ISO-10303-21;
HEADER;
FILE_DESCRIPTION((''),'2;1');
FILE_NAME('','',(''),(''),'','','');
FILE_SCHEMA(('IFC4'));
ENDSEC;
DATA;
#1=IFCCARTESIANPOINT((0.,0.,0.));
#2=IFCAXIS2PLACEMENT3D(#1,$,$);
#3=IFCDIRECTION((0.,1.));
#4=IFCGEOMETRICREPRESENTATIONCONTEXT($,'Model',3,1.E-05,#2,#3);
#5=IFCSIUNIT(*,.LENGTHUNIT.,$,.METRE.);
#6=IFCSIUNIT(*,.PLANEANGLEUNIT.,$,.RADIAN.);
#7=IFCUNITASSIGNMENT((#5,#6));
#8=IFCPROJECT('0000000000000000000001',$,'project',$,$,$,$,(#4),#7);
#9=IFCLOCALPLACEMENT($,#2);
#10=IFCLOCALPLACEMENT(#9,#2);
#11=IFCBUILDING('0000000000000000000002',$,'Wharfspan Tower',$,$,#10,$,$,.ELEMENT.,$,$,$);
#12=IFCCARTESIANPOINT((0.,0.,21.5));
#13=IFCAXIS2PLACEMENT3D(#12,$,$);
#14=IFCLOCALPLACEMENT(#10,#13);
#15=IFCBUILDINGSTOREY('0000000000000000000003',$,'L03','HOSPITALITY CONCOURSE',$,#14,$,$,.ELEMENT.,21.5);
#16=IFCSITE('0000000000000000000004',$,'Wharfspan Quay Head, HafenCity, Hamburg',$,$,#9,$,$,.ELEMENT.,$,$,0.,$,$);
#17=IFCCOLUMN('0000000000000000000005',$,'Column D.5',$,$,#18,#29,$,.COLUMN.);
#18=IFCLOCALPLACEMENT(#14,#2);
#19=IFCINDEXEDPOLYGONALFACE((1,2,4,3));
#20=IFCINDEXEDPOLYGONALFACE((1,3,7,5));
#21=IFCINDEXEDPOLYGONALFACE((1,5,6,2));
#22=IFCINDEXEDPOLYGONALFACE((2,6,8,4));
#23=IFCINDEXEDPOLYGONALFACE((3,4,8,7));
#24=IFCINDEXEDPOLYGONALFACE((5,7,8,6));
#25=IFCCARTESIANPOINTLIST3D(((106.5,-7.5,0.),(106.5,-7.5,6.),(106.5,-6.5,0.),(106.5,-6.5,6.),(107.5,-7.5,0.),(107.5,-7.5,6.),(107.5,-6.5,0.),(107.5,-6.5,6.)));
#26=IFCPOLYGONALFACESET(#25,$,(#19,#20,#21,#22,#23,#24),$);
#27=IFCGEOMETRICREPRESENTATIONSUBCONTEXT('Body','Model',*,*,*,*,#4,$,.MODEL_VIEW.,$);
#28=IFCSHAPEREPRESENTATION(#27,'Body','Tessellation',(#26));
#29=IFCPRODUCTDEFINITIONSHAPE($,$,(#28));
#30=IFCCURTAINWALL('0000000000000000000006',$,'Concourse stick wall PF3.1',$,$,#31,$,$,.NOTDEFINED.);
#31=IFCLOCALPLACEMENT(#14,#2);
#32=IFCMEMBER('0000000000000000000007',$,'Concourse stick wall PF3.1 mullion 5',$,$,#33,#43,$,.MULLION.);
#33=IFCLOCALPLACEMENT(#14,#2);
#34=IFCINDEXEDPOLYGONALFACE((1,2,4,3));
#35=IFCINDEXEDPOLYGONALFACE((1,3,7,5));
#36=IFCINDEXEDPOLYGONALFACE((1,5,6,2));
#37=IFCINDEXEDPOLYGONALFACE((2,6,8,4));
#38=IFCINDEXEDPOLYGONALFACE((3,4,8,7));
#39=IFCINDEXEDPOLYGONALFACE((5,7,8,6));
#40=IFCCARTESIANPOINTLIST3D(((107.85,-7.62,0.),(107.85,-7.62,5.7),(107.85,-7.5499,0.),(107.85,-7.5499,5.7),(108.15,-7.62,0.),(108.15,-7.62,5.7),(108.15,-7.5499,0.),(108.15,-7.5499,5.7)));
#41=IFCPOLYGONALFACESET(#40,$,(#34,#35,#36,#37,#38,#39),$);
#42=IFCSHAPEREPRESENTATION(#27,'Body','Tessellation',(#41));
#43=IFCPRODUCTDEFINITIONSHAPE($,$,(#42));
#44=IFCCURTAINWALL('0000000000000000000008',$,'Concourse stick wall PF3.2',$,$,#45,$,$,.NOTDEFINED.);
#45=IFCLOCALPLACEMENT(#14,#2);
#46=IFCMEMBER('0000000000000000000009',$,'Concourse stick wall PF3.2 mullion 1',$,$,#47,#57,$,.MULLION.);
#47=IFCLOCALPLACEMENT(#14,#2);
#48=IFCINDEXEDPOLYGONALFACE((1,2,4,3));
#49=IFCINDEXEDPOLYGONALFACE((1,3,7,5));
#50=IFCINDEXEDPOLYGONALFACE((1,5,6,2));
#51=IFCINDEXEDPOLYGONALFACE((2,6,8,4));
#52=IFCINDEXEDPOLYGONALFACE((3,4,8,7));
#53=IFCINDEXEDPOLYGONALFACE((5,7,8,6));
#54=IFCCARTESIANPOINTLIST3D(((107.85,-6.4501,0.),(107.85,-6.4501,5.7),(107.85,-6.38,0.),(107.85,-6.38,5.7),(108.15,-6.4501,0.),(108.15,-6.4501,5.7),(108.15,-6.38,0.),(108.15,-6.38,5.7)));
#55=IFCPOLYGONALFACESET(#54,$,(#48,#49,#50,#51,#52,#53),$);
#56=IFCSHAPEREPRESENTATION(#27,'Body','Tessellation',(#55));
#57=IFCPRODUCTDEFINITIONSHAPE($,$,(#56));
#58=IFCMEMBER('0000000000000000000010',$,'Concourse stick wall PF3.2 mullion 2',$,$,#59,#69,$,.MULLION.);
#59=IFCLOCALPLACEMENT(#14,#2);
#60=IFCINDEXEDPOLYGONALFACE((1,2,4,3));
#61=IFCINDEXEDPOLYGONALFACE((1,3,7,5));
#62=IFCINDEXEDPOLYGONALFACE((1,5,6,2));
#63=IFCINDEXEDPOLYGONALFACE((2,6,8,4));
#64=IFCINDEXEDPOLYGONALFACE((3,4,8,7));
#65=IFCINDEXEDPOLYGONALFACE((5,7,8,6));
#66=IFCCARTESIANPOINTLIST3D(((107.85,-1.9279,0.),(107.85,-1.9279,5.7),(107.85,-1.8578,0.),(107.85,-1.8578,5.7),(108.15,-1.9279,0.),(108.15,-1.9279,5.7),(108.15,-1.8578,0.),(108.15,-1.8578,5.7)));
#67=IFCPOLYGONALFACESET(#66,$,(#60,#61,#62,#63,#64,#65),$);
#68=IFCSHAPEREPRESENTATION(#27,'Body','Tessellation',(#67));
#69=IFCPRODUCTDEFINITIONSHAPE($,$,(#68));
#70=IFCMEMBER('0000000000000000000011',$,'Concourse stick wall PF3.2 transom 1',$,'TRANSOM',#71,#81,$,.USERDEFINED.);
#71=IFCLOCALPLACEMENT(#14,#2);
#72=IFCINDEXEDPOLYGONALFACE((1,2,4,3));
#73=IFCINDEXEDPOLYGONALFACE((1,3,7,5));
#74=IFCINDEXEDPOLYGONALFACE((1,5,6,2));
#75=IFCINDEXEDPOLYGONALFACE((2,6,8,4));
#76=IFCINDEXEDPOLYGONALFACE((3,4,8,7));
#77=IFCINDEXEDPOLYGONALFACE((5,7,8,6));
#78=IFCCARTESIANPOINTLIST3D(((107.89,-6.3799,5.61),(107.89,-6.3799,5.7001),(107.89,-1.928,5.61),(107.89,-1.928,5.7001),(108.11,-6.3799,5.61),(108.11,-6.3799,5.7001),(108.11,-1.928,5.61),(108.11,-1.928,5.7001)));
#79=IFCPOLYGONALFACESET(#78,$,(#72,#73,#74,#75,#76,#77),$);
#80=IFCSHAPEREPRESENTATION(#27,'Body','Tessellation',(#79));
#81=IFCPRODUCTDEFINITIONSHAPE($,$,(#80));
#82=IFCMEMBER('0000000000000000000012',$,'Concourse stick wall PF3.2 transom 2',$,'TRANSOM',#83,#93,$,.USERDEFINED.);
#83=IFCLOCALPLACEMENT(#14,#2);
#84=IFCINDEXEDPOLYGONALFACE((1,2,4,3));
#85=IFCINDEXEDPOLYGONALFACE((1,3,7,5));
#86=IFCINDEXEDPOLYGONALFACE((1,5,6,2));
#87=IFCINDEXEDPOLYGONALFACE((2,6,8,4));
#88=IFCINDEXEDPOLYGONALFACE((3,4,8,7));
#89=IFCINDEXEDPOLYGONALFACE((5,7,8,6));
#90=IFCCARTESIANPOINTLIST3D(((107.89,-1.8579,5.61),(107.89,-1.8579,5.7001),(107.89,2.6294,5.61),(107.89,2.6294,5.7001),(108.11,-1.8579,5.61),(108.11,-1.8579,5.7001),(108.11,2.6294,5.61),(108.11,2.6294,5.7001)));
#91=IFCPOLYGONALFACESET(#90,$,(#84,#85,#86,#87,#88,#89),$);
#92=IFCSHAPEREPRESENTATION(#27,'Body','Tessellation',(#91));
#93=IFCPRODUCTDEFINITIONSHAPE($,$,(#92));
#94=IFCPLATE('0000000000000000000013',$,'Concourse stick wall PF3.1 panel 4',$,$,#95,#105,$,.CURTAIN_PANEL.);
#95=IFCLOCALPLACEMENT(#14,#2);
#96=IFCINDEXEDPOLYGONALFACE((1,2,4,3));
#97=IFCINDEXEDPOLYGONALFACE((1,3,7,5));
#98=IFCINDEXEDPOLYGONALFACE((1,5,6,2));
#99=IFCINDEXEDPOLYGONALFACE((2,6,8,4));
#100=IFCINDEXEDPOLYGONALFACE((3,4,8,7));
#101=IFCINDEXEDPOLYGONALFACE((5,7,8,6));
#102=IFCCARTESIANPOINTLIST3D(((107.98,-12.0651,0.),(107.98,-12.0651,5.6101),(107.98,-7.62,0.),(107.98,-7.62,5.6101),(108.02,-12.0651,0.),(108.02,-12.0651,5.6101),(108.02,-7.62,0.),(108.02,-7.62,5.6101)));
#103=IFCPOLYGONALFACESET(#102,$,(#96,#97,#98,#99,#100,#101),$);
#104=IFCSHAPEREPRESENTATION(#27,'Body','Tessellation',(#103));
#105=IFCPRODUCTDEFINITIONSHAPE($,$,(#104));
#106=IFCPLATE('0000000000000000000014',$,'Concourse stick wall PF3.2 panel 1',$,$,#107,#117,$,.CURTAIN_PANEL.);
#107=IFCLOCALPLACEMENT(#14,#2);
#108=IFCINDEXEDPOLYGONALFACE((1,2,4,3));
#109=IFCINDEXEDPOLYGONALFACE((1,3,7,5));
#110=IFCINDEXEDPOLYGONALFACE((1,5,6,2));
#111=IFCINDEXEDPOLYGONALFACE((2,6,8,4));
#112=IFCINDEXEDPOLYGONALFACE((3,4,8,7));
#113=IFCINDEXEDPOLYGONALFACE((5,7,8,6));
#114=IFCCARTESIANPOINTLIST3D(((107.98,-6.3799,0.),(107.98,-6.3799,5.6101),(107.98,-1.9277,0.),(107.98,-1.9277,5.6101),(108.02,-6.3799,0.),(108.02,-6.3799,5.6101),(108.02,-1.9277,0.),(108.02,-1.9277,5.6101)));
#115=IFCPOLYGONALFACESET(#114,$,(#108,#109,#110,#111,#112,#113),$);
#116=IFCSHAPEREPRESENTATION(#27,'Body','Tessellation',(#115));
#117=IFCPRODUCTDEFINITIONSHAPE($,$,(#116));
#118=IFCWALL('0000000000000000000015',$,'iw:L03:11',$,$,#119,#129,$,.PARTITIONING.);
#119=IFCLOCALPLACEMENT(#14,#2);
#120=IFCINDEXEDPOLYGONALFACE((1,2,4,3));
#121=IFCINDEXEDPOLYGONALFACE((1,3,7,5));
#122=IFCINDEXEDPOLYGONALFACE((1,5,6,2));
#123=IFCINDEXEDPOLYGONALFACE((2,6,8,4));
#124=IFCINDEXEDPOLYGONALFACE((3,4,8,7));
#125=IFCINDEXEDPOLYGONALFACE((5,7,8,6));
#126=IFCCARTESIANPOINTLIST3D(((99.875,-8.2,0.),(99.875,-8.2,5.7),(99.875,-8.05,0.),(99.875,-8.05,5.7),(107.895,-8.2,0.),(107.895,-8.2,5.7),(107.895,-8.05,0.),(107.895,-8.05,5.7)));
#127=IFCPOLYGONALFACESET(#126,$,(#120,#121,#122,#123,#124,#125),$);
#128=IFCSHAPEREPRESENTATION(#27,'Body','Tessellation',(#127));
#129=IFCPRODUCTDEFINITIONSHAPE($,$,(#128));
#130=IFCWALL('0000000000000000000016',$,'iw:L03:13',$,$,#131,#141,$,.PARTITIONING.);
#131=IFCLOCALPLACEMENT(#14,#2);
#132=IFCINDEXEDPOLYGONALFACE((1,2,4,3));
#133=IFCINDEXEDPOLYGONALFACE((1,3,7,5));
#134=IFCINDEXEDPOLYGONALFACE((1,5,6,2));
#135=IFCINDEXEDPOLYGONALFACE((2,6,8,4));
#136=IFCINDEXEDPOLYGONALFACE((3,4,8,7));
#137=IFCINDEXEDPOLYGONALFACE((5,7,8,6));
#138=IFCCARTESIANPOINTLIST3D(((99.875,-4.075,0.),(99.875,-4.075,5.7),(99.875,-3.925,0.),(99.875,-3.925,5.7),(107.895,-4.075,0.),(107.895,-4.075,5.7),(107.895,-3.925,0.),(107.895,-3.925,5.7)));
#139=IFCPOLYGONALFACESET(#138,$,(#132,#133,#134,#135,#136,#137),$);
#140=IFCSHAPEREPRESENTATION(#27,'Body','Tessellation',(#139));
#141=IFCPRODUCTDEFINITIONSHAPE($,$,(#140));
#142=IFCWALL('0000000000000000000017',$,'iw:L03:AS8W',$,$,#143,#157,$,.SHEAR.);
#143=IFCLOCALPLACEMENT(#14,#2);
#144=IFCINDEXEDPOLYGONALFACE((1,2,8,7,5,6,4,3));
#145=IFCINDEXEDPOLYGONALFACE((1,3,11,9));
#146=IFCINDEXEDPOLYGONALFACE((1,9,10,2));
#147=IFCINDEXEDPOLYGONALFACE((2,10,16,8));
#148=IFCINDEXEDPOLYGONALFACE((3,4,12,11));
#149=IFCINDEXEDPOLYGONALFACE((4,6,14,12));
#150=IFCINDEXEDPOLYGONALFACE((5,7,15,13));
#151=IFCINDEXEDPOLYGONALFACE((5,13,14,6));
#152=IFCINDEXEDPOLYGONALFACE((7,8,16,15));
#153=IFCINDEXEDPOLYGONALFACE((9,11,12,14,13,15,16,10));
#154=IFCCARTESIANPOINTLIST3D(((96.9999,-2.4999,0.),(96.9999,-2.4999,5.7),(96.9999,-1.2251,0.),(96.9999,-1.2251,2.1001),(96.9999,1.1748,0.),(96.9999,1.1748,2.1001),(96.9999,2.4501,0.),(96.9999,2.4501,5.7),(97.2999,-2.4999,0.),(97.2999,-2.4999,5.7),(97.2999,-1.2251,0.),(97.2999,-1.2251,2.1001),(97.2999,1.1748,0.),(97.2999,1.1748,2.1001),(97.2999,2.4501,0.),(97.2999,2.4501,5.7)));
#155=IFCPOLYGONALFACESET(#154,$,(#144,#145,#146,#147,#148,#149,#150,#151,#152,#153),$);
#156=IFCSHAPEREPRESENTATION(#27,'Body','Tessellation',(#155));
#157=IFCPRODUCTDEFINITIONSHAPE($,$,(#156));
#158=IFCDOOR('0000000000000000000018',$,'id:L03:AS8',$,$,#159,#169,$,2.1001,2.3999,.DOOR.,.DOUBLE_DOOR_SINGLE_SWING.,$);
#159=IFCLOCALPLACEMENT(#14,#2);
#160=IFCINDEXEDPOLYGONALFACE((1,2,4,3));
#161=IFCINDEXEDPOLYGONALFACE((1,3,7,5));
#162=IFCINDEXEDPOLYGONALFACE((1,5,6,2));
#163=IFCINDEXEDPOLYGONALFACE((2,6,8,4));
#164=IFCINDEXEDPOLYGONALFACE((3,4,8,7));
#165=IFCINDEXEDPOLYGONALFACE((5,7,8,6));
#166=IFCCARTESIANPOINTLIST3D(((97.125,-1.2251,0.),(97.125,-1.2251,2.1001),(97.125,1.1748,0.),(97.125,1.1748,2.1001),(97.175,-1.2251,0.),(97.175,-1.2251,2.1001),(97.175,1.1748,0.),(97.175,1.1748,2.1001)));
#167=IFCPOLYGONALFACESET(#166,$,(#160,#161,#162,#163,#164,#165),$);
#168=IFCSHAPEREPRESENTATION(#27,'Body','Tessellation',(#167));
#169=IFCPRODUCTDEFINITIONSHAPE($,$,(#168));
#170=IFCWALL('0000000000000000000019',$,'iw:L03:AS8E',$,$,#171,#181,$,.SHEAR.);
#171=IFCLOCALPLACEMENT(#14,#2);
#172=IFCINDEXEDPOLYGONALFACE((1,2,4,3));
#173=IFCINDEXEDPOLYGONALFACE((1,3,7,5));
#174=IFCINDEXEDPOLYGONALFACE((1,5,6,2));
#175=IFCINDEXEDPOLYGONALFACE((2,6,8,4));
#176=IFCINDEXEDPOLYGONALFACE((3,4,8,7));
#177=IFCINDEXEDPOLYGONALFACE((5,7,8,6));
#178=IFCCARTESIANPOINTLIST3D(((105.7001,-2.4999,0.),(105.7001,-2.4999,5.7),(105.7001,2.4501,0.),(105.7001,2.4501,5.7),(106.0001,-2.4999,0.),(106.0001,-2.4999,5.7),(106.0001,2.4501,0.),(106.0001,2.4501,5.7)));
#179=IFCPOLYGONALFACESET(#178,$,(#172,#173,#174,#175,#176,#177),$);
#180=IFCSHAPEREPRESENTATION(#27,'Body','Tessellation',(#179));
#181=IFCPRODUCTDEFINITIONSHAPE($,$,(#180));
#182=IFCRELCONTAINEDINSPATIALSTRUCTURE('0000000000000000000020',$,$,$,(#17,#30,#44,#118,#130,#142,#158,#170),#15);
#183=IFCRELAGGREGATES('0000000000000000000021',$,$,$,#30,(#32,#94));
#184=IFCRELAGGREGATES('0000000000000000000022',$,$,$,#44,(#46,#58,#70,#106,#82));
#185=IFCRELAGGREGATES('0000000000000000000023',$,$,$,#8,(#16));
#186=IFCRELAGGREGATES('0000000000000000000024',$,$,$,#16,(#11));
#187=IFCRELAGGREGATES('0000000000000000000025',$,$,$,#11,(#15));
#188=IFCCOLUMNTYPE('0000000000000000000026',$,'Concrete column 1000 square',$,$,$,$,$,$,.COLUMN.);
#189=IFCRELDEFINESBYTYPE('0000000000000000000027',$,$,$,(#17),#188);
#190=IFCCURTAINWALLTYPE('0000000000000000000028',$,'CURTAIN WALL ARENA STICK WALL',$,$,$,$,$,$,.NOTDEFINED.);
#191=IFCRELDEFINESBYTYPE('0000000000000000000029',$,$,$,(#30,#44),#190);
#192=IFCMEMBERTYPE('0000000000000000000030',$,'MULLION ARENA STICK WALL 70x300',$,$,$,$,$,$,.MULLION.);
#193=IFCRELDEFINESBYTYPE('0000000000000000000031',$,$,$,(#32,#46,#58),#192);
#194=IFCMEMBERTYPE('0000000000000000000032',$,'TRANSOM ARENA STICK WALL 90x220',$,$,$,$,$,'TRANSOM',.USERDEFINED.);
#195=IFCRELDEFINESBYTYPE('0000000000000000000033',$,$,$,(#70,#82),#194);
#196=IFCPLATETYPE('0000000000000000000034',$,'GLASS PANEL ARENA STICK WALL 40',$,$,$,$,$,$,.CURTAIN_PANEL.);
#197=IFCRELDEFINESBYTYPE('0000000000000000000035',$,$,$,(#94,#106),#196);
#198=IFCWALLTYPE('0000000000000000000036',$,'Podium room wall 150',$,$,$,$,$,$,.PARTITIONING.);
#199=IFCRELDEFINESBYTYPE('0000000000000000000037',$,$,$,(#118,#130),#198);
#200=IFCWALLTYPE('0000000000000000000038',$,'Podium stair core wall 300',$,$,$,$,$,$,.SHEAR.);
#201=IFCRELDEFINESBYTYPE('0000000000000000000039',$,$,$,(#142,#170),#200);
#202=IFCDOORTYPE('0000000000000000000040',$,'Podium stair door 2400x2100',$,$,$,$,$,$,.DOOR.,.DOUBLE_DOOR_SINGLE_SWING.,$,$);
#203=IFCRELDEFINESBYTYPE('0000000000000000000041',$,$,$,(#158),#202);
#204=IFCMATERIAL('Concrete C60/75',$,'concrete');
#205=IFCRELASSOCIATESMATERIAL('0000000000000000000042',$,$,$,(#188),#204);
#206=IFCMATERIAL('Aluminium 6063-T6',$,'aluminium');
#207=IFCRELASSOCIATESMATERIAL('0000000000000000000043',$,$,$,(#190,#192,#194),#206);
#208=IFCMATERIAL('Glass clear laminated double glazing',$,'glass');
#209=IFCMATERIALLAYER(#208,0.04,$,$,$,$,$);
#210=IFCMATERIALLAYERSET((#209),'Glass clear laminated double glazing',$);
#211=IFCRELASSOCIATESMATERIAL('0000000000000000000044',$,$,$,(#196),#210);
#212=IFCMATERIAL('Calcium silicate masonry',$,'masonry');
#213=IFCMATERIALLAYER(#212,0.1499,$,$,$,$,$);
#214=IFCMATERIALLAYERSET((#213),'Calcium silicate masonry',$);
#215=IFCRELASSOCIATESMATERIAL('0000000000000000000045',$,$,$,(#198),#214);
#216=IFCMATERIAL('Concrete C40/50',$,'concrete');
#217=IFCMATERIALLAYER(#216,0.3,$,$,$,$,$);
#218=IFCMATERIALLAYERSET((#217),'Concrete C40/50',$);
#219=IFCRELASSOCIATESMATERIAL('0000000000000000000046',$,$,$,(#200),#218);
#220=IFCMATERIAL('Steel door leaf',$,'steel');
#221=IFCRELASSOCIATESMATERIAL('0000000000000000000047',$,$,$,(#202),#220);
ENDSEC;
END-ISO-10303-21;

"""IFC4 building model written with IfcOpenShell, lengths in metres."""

from ifc_helpers import new_model, si_unit, direction, frame, frame_2d, origin, origin_2d, place, context, subcontext, project, spatial, rectangle, extrude, material, layer, layer_set, material_profile, profile_set, type_object, element, fill, aggregate, save


model = new_model("IFC4")

# Units and contexts
model_context = context("Model", 3, precision=1e-05, world=origin(), true_north=direction((0.0, 1.0)))
body_context = subcontext(model_context, "Body", "Model", "MODEL_VIEW")
ifc_project = project(units=[si_unit("LENGTHUNIT", "METRE"), si_unit("PLANEANGLEUNIT", "RADIAN")], contexts=[model_context])

# Site, building, storey
site_placement = place(None, origin())
site = spatial("IfcSite", under=ifc_project, at=site_placement, Name="Wharfspan Quay Head, HafenCity, Hamburg", CompositionType="ELEMENT", RefElevation=0.0)
building_placement = place(site_placement, origin())
building = spatial("IfcBuilding", under=site, at=building_placement, Name="Wharfspan Tower", CompositionType="ELEMENT")
storey_placement = place(building_placement, frame((0.0, 0.0, 21.5)))
storey = spatial("IfcBuildingStorey", under=building, at=storey_placement, Name="L03", Description="HOSPITALITY CONCOURSE", CompositionType="ELEMENT", Elevation=21.5)

# Column
ifc_material_1 = material(Name="Concrete C60/75", Category="concrete")
ifc_material_profile_1 = material_profile(ifc_material_1, rectangle(XDim=1.0, YDim=1.0, at=origin_2d()))
ifc_profile_set_1 = profile_set([ifc_material_profile_1], Name="Concrete C60/75")
column_type = type_object("IfcColumnType", Name="Concrete column 1000 square", PredefinedType="COLUMN", material=ifc_profile_set_1)
column_placement = place(storey_placement, frame((107.0, -7.0, 0.0), z_axis=(0.0, 0.0, 1.0), x_axis=(1.0, 0.0, 0.0)))
element("IfcColumn", 1, at=column_placement, inside=storey, type_object=column_type, Name="Column D.5", PredefinedType="COLUMN", context=body_context, shape_type="SweptSolid", body=[
    extrude(rectangle(XDim=1.0, YDim=1.0, at=origin_2d()), origin(), (0.0, 0.0, 1.0), 6.0),
])

# Curtain wall, member
ifc_material_2 = material(Name="Aluminium 6063-T6", Category="aluminium")
curtain_wall_type = type_object("IfcCurtainWallType", Name="CURTAIN WALL ARENA STICK WALL", PredefinedType="NOTDEFINED", material=ifc_material_2)
curtain_wall_1_placement = place(storey_placement, origin())
curtain_wall_1 = element("IfcCurtainWall", 2, at=curtain_wall_1_placement, inside=storey, type_object=curtain_wall_type, Name="Concourse stick wall PF3.1", PredefinedType="NOTDEFINED")
ifc_material_profile_2 = material_profile(ifc_material_2, rectangle(XDim=0.3, YDim=0.0701, at=origin_2d()))
ifc_profile_set_2 = profile_set([ifc_material_profile_2], Name="Aluminium 6063-T6")
member_type_1 = type_object("IfcMemberType", Name="MULLION ARENA STICK WALL 70x300", PredefinedType="MULLION", material=ifc_profile_set_2)
member_1_placement = place(storey_placement, frame((108.0, -7.585, 0.0), z_axis=(0.0, 0.0, 1.0), x_axis=(-1.0, 0.0, 0.0)))
member_1 = element("IfcMember", 3, at=member_1_placement, type_object=member_type_1, Name="Concourse stick wall PF3.1 mullion 5", PredefinedType="MULLION", context=body_context, shape_type="SweptSolid", body=[
    extrude(rectangle(XDim=0.3, YDim=0.0701, at=origin_2d()), origin(), (0.0, 0.0, 1.0), 5.7),
])

# Curtain wall, members
curtain_wall_2_placement = place(storey_placement, origin())
curtain_wall_2 = element("IfcCurtainWall", 4, at=curtain_wall_2_placement, inside=storey, type_object=curtain_wall_type, Name="Concourse stick wall PF3.2", PredefinedType="NOTDEFINED")
member_2_placement = place(storey_placement, frame((108.0, -6.415, 0.0), z_axis=(0.0, 0.0, 1.0), x_axis=(-1.0, 0.0, 0.0)))
member_2 = element("IfcMember", 5, at=member_2_placement, type_object=member_type_1, Name="Concourse stick wall PF3.2 mullion 1", PredefinedType="MULLION", context=body_context, shape_type="SweptSolid", body=[
    extrude(rectangle(XDim=0.3, YDim=0.0701, at=origin_2d()), origin(), (0.0, 0.0, 1.0), 5.7),
])
member_3_placement = place(storey_placement, frame((108.0, -1.8928, 0.0), z_axis=(0.0, 0.0, 1.0), x_axis=(-1.0, 0.0, 0.0)))
member_3 = element("IfcMember", 6, at=member_3_placement, type_object=member_type_1, Name="Concourse stick wall PF3.2 mullion 2", PredefinedType="MULLION", context=body_context, shape_type="SweptSolid", body=[
    extrude(rectangle(XDim=0.3, YDim=0.0701, at=origin_2d()), origin(), (0.0, 0.0, 1.0), 5.7),
])
ifc_material_profile_3 = material_profile(ifc_material_2, rectangle(XDim=0.22, YDim=0.0901, at=origin_2d()))
ifc_profile_set_3 = profile_set([ifc_material_profile_3], Name="Aluminium 6063-T6")
member_type_2 = type_object("IfcMemberType", Name="TRANSOM ARENA STICK WALL 90x220", ElementType="TRANSOM", PredefinedType="USERDEFINED", material=ifc_profile_set_3)
member_4_placement = place(storey_placement, frame((108.0, -6.3799, 5.655), z_axis=(0.0, 1.0, 0.0), x_axis=(-1.0, 0.0, 0.0)))
member_4 = element("IfcMember", 7, at=member_4_placement, type_object=member_type_2, Name="Concourse stick wall PF3.2 transom 1", ObjectType="TRANSOM", PredefinedType="USERDEFINED", context=body_context, shape_type="SweptSolid", body=[
    extrude(rectangle(XDim=0.22, YDim=0.0901, at=origin_2d()), origin(), (0.0, 0.0, 1.0), 4.4519),
])
member_5_placement = place(storey_placement, frame((108.0, -1.8579, 5.655), z_axis=(0.0, 1.0, 0.0), x_axis=(-1.0, 0.0, 0.0)))
member_5 = element("IfcMember", 8, at=member_5_placement, type_object=member_type_2, Name="Concourse stick wall PF3.2 transom 2", ObjectType="TRANSOM", PredefinedType="USERDEFINED", context=body_context, shape_type="SweptSolid", body=[
    extrude(rectangle(XDim=0.22, YDim=0.0901, at=origin_2d()), origin(), (0.0, 0.0, 1.0), 4.4873),
])

# Plates
ifc_material_3 = material(Name="Glass clear laminated double glazing", Category="glass")
ifc_layer_1 = layer(ifc_material_3, 0.04)
ifc_layer_set_1 = layer_set([ifc_layer_1], Name="Glass clear laminated double glazing")
plate_type = type_object("IfcPlateType", Name="GLASS PANEL ARENA STICK WALL 40", PredefinedType="CURTAIN_PANEL", material=ifc_layer_set_1)
plate_1_placement = place(storey_placement, frame((108.0, -9.8425, 0.0), z_axis=(0.0, 0.0, 1.0), x_axis=(0.0, 1.0, 0.0)))
plate_1 = element("IfcPlate", 9, at=plate_1_placement, type_object=plate_type, Name="Concourse stick wall PF3.1 panel 4", PredefinedType="CURTAIN_PANEL", context=body_context, shape_type="SweptSolid", body=[
    extrude(rectangle(XDim=4.4451, YDim=0.04, at=origin_2d()), origin(), (0.0, 0.0, 1.0), 5.6101),
])
aggregate(curtain_wall_1, [member_1, plate_1])
plate_2_placement = place(storey_placement, frame((108.0, -4.1538, 0.0), z_axis=(0.0, 0.0, 1.0), x_axis=(0.0, 1.0, 0.0)))
plate_2 = element("IfcPlate", 10, at=plate_2_placement, type_object=plate_type, Name="Concourse stick wall PF3.2 panel 1", PredefinedType="CURTAIN_PANEL", context=body_context, shape_type="SweptSolid", body=[
    extrude(rectangle(XDim=4.4521, YDim=0.04, at=origin_2d()), origin(), (0.0, 0.0, 1.0), 5.6101),
])
aggregate(curtain_wall_2, [member_2, member_3, member_4, plate_2, member_5])

# Walls
ifc_material_4 = material(Name="Calcium silicate masonry", Category="masonry")
ifc_layer_2 = layer(ifc_material_4, 0.1499)
ifc_layer_set_2 = layer_set([ifc_layer_2], Name="Calcium silicate masonry")
wall_type_1 = type_object("IfcWallType", Name="Podium room wall 150", PredefinedType="PARTITIONING", material=ifc_layer_set_2)
for number, where, z_axis, x_axis, name in (
    (11, (99.875, -8.125, 0.0), (0.0, 0.0, 1.0), (1.0, 0.0, 0.0), "iw:L03:11"),
    (12, (99.875, -4.0, 0.0), (0.0, 0.0, 1.0), (1.0, 0.0, 0.0), "iw:L03:13"),
):
    element("IfcWall", number, at=place(storey_placement, frame(where, z_axis=z_axis, x_axis=x_axis)), inside=storey, type_object=wall_type_1, Name=name, PredefinedType="PARTITIONING", context=body_context, shape_type="SweptSolid", body=[
        extrude(rectangle(XDim=8.02, YDim=0.1499, at=frame_2d((4.01, 0.0))), origin(), (0.0, 0.0, 1.0), 5.7),
    ])

# Wall, opening, door
ifc_material_5 = material(Name="Concrete C40/50", Category="concrete")
ifc_layer_3 = layer(ifc_material_5, 0.3)
ifc_layer_set_3 = layer_set([ifc_layer_3], Name="Concrete C40/50")
wall_type_2 = type_object("IfcWallType", Name="Podium stair core wall 300", PredefinedType="SHEAR", material=ifc_layer_set_3)
wall_1_placement = place(storey_placement, frame((97.1499, -2.5, 0.0), z_axis=(0.0, 0.0, 1.0), x_axis=(0.0, 1.0, 0.0)))
wall_1 = element("IfcWall", 13, at=wall_1_placement, inside=storey, type_object=wall_type_2, Name="iw:L03:AS8W", PredefinedType="SHEAR", context=body_context, shape_type="SweptSolid", body=[
    extrude(rectangle(XDim=4.95, YDim=0.3, at=frame_2d((2.4751, 0.0))), origin(), (0.0, 0.0, 1.0), 5.7),
])
opening_placement = place(wall_1_placement, frame((1.2749, 0.0, 0.0)))
opening = element("IfcOpeningElement", 14, at=opening_placement, cuts=wall_1, PredefinedType="OPENING", context=body_context, shape_type="SweptSolid", body=[
    extrude(rectangle(XDim=2.3999, YDim=2.1001, at=frame_2d((1.2, 1.05))), frame((0.0, 0.1599, 0.0), z_axis=(0.0, -1.0, 0.0), x_axis=(1.0, 0.0, 0.0)), (0.0, 0.0, 1.0), 0.3201),
])
ifc_material_6 = material(Name="Steel door leaf", Category="steel")
door_type = type_object("IfcDoorType", Name="Podium stair door 2400x2100", OperationType="DOUBLE_DOOR_SINGLE_SWING", PredefinedType="DOOR", material=ifc_material_6)
door_placement = place(opening_placement, origin())
door = element("IfcDoor", 15, at=door_placement, inside=storey, type_object=door_type, Name="id:L03:AS8", OperationType="DOUBLE_DOOR_SINGLE_SWING", OverallHeight=2.1001, OverallWidth=2.3999, PredefinedType="DOOR", context=body_context, shape_type="SweptSolid", body=[
    extrude(rectangle(XDim=2.3999, YDim=2.1001, at=frame_2d((1.2, 1.05))), frame((0.0, 0.0249, 0.0), z_axis=(0.0, -1.0, 0.0), x_axis=(1.0, 0.0, 0.0)), (0.0, 0.0, 1.0), 0.05),
])
fill(opening, door)

# Wall
wall_2_placement = place(storey_placement, frame((105.8501, -2.5, 0.0), z_axis=(0.0, 0.0, 1.0), x_axis=(0.0, 1.0, 0.0)))
element("IfcWall", 16, at=wall_2_placement, inside=storey, type_object=wall_type_2, Name="iw:L03:AS8E", PredefinedType="SHEAR", context=body_context, shape_type="SweptSolid", body=[
    extrude(rectangle(XDim=4.95, YDim=0.3, at=frame_2d((2.4751, 0.0))), origin(), (0.0, 0.0, 1.0), 5.7),
])

save(model, "model.ifc")
